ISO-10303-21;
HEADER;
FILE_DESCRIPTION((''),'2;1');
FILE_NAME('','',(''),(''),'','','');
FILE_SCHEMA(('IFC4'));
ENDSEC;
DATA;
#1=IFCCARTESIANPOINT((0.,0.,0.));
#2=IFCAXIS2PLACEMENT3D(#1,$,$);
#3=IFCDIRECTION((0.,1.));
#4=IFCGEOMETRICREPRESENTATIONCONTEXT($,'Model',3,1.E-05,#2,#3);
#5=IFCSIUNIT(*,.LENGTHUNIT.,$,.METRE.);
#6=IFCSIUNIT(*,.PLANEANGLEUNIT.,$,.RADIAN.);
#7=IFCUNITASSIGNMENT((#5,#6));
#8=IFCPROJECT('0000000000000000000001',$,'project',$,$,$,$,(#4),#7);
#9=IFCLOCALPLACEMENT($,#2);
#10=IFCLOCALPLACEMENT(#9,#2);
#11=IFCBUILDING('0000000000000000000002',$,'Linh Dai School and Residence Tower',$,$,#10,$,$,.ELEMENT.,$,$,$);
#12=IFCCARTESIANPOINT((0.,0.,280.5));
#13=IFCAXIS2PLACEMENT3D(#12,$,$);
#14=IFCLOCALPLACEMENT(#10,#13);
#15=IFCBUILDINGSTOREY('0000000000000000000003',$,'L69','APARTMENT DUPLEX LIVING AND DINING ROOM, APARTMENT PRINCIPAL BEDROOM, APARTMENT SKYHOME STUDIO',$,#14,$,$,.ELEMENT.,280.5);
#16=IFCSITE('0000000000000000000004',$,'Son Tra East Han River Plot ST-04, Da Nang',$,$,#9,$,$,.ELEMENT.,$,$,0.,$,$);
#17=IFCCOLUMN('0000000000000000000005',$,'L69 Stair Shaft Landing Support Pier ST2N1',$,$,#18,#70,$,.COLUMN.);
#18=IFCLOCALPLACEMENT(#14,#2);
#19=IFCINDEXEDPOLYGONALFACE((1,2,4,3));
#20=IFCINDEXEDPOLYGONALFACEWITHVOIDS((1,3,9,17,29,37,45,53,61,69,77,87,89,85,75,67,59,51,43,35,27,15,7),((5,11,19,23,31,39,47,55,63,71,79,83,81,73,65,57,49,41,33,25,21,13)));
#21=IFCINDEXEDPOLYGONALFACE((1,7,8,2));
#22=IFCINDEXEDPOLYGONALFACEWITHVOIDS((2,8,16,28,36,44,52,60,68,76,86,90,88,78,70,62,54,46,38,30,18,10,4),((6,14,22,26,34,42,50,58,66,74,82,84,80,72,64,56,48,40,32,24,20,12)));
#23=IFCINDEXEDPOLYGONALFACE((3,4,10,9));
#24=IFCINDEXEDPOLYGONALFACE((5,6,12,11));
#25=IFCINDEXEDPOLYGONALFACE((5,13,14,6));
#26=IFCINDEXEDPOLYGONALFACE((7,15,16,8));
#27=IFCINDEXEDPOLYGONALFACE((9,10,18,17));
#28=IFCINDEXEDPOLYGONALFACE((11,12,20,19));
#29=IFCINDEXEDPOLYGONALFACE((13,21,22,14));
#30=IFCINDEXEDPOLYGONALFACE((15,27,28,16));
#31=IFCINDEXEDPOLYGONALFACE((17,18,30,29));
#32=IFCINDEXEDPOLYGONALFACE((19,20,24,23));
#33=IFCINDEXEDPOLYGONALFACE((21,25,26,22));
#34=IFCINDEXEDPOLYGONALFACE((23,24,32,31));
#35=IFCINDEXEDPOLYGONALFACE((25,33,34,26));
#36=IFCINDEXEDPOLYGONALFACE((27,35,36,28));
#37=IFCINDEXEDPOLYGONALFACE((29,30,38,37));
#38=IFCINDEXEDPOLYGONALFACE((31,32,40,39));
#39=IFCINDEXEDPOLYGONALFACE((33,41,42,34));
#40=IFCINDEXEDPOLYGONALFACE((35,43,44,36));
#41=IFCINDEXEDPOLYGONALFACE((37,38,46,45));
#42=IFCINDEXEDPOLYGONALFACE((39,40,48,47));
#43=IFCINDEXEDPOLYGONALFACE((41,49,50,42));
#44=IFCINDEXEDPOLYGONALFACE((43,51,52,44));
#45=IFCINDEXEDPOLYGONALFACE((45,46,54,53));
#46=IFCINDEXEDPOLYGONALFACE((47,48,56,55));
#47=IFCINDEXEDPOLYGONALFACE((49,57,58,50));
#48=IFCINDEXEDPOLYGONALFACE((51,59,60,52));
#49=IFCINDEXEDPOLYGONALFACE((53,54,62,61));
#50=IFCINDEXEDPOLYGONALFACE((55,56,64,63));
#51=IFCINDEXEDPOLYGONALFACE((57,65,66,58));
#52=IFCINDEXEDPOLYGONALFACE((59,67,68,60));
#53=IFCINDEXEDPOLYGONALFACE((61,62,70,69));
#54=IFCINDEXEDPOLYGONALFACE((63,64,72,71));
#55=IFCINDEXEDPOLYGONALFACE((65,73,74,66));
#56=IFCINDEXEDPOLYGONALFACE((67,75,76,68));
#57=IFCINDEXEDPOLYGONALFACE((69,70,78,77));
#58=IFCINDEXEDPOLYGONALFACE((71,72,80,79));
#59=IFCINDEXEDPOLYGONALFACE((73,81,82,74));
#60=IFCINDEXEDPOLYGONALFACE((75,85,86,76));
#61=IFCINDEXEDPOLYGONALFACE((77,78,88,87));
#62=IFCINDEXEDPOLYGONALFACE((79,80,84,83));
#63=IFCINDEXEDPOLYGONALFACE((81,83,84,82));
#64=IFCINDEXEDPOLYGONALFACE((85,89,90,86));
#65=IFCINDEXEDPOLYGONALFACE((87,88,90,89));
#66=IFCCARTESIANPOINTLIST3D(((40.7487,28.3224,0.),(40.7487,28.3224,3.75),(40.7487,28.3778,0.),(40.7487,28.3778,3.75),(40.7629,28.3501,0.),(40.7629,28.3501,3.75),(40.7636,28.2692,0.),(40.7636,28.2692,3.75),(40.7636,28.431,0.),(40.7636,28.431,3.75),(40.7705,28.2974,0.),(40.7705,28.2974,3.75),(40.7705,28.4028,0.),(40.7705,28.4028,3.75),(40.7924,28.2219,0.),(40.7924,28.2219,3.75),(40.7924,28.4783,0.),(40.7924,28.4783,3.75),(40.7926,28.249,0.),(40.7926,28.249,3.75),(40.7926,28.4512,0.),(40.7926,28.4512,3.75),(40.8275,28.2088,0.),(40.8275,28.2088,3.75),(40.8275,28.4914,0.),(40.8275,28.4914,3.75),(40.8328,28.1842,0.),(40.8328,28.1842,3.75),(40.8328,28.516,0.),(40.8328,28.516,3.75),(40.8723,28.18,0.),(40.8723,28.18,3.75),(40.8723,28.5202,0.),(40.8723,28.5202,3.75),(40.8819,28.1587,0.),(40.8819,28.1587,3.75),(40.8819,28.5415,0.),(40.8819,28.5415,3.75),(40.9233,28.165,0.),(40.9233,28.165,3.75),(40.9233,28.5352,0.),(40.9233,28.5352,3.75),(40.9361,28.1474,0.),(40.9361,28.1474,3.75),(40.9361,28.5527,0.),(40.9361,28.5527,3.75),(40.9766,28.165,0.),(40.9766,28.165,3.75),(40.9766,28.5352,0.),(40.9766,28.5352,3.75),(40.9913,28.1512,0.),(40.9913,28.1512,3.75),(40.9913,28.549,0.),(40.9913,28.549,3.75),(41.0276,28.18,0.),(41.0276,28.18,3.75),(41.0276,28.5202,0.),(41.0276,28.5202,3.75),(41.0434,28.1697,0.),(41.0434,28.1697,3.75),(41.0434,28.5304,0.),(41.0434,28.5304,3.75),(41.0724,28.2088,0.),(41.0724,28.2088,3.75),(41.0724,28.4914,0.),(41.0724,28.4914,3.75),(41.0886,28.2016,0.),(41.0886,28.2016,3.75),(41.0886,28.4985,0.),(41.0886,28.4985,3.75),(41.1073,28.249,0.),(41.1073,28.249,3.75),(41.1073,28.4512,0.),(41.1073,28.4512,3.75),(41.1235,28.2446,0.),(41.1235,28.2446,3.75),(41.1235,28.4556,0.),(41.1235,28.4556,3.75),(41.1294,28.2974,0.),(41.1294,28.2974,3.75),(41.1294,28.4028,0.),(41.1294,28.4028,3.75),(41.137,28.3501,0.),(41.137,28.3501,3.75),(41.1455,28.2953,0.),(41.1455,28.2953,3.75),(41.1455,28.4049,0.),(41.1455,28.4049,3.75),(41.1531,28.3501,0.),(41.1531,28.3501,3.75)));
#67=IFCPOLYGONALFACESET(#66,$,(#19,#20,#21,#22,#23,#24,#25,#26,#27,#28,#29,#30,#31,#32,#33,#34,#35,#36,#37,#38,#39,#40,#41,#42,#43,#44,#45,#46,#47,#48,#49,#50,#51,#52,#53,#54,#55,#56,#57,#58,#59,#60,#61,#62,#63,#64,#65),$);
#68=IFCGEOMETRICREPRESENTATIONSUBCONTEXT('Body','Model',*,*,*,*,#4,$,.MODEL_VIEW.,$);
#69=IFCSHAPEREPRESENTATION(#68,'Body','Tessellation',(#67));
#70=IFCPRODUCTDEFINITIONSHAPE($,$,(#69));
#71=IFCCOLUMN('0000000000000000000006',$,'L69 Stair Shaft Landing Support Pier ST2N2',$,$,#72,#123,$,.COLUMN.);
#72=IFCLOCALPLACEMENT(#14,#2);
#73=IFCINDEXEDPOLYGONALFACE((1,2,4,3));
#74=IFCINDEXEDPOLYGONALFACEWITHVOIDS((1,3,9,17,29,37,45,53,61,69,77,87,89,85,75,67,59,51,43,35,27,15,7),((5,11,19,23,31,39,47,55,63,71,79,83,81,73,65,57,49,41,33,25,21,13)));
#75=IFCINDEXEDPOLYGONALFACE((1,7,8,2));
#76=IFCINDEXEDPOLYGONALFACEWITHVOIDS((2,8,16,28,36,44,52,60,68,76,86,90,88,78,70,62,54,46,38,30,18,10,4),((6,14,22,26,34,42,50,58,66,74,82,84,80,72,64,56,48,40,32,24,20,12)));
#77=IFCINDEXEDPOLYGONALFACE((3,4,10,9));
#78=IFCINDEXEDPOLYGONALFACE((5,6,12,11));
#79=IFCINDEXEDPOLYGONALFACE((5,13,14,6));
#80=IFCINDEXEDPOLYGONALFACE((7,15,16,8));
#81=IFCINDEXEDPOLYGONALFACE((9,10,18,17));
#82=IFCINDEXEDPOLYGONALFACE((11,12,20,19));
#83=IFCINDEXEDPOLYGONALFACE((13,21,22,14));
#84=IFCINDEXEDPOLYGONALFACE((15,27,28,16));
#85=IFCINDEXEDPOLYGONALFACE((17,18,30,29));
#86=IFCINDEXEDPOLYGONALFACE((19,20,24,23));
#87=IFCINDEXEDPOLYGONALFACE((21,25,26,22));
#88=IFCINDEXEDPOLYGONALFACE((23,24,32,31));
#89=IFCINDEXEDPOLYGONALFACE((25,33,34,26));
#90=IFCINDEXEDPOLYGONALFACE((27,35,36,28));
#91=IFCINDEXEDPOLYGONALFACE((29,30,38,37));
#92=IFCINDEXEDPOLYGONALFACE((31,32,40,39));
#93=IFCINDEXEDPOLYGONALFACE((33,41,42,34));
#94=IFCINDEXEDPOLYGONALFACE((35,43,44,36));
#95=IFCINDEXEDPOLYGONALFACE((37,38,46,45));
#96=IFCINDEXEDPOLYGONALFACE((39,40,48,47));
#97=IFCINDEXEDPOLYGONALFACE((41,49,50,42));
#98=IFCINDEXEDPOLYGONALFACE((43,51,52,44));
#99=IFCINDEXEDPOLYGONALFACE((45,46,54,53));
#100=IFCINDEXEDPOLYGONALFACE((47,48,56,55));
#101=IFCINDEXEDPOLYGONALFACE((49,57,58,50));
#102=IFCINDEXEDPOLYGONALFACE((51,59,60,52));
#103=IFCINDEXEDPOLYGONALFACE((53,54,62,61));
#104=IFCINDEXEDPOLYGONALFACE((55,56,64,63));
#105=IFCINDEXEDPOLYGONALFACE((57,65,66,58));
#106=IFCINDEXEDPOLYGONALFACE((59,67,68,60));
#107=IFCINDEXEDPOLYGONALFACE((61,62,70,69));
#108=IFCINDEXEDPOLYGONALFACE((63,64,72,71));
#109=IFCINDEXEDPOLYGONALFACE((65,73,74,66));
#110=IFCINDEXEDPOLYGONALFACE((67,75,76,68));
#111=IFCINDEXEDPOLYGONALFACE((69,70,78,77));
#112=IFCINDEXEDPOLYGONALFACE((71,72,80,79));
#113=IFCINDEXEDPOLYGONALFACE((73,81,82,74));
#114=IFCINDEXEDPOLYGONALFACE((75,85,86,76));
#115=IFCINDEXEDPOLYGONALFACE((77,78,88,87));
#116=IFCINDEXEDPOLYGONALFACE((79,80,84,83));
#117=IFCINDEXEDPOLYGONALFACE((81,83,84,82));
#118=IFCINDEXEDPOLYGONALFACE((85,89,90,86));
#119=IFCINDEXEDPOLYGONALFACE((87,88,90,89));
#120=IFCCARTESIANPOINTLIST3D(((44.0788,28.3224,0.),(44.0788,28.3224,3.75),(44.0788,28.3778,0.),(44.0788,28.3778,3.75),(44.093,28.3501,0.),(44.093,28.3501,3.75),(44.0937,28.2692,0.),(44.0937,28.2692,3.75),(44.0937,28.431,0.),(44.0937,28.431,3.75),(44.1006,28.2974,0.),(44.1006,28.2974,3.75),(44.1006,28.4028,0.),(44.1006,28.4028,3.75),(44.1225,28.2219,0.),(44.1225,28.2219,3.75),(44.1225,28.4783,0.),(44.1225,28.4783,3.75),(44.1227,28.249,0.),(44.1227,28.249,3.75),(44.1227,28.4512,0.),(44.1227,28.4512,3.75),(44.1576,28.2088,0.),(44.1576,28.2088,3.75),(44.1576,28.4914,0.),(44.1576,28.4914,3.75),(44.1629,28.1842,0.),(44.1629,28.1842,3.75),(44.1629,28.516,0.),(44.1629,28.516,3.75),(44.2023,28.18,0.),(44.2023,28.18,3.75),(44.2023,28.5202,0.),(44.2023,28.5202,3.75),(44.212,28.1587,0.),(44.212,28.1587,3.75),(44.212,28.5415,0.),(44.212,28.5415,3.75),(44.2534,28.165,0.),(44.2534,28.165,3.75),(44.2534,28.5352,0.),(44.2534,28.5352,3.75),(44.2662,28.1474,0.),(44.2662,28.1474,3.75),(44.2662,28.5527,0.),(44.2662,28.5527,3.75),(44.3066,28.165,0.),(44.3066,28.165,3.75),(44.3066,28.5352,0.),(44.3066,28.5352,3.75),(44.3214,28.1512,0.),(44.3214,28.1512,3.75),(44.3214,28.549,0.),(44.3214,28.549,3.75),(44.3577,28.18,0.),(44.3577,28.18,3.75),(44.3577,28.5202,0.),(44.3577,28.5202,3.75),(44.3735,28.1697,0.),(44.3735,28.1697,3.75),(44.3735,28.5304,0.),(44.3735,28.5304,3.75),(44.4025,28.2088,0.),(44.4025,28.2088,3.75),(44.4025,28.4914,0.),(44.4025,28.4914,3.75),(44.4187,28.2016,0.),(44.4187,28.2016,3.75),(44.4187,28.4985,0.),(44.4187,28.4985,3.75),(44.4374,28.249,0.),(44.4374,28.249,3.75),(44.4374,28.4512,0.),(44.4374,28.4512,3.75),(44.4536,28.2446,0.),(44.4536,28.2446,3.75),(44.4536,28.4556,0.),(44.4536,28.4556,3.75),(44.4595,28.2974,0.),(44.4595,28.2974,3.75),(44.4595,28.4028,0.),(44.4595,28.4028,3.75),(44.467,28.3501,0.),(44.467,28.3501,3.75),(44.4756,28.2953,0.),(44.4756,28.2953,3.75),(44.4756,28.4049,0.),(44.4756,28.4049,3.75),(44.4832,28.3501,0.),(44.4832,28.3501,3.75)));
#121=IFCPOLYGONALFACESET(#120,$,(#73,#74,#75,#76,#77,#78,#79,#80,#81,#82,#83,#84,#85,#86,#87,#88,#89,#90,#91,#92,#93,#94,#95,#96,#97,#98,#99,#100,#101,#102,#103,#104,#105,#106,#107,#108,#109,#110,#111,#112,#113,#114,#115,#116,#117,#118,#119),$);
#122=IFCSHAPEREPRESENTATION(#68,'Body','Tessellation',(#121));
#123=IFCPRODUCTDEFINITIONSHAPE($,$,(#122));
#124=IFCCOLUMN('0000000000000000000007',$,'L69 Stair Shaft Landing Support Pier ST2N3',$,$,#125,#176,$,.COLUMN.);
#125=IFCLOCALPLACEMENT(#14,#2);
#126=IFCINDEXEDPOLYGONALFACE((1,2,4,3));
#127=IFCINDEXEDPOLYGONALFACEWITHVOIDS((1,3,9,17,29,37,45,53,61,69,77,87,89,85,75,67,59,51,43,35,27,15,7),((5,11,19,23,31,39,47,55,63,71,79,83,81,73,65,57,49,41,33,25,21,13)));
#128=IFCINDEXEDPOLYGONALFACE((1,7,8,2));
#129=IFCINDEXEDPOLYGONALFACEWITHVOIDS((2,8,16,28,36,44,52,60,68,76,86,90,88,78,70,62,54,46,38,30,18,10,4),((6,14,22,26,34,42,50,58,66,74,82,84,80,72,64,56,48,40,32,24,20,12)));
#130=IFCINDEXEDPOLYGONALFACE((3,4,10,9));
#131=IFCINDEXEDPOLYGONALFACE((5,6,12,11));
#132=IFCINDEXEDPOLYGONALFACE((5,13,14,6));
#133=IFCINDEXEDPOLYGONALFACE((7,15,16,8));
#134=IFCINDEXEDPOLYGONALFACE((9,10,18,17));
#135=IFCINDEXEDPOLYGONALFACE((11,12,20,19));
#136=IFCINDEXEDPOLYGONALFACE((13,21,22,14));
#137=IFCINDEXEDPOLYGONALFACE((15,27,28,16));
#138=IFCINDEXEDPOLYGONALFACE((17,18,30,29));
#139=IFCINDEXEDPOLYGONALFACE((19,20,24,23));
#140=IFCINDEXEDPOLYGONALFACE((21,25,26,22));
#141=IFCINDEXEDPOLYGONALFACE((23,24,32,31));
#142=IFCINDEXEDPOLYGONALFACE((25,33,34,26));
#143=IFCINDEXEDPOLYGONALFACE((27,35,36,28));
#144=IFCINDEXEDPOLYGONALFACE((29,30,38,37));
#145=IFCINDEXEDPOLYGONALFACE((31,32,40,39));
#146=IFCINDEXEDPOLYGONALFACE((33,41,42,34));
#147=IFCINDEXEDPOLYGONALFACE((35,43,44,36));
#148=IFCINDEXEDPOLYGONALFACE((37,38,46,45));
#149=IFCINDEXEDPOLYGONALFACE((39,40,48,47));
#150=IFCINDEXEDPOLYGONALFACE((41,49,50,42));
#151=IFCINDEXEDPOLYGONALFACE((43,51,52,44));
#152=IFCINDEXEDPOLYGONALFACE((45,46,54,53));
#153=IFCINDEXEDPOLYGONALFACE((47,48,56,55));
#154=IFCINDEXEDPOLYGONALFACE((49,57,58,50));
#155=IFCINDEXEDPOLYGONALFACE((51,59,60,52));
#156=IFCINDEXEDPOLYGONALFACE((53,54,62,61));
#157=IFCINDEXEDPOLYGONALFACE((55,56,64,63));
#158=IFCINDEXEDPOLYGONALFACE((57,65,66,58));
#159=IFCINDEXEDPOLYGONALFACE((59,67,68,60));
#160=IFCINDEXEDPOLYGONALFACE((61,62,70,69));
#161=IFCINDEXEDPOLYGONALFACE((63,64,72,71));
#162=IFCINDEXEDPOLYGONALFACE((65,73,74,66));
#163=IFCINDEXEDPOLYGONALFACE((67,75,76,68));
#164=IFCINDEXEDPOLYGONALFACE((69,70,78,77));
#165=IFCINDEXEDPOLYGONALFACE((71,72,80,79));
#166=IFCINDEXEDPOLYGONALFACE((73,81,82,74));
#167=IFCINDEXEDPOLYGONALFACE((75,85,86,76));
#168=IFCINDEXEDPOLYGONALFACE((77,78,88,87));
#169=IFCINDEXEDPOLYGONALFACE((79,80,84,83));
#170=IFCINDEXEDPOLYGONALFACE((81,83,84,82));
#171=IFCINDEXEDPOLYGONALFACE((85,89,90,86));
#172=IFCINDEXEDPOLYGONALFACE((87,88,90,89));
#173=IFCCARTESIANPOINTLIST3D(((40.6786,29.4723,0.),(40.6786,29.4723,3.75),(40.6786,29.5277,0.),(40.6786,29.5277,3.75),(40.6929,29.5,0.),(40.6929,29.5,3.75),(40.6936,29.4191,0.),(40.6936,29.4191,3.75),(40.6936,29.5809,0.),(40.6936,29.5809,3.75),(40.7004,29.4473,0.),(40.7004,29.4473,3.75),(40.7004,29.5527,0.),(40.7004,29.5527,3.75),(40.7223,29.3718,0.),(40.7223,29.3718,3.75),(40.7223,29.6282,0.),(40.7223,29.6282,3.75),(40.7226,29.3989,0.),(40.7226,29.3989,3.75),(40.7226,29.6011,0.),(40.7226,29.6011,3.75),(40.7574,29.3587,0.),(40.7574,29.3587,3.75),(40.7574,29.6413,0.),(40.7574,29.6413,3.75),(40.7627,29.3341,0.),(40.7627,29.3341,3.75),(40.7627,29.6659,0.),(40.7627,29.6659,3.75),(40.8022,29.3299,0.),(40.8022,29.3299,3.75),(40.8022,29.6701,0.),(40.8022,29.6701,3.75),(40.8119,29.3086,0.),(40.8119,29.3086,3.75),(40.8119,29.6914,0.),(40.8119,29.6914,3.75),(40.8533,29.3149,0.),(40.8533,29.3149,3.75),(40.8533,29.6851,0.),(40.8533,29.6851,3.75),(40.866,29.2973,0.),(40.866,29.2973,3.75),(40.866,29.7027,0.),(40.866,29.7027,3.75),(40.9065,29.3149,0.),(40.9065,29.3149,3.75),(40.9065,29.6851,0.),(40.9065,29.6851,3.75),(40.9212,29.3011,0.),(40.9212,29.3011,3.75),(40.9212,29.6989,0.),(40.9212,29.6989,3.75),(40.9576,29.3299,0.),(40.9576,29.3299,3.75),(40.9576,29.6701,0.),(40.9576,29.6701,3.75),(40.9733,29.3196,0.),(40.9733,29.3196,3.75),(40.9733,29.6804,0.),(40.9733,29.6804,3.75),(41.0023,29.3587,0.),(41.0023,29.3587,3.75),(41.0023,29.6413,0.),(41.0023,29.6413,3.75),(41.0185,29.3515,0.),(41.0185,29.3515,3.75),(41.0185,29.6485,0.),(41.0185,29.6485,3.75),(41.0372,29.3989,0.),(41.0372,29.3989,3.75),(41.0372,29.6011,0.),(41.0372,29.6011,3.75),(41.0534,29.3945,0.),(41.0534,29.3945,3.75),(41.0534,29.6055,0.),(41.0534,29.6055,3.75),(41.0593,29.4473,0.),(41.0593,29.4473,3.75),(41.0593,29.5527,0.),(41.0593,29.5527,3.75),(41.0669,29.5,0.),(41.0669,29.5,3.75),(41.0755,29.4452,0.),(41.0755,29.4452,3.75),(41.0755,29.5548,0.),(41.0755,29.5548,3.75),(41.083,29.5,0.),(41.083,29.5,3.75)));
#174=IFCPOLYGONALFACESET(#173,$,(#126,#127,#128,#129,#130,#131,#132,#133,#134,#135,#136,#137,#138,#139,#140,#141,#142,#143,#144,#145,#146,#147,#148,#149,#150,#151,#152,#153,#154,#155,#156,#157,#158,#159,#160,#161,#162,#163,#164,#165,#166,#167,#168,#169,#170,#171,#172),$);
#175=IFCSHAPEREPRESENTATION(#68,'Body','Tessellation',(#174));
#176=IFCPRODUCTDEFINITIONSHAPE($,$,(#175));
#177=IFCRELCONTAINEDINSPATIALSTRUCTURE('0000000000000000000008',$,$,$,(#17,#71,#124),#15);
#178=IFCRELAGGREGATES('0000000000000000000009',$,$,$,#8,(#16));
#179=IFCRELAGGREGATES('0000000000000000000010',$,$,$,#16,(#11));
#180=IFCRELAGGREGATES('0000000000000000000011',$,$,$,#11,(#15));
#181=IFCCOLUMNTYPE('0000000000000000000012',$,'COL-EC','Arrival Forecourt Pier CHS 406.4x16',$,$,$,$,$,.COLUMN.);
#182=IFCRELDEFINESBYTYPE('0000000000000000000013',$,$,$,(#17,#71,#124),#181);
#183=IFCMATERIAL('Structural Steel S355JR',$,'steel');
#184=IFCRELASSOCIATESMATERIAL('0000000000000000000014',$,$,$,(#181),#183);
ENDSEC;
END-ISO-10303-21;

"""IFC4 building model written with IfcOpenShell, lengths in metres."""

from ifc_helpers import new_model, si_unit, direction, frame, origin, origin_2d, place, context, subcontext, project, spatial, hollow_circle, extrude, material, material_profile, profile_set, type_object, element, save


model = new_model("IFC4")

# Units and contexts
model_context = context("Model", 3, precision=1e-05, world=origin(), true_north=direction((0.0, 1.0)))
body_context = subcontext(model_context, "Body", "Model", "MODEL_VIEW")
ifc_project = project(units=[si_unit("LENGTHUNIT", "METRE"), si_unit("PLANEANGLEUNIT", "RADIAN")], contexts=[model_context])

# Site, building, storey
site_placement = place(None, origin())
site = spatial("IfcSite", under=ifc_project, at=site_placement, Name="Son Tra East Han River Plot ST-04, Da Nang", CompositionType="ELEMENT", RefElevation=0.0)
building_placement = place(site_placement, origin())
building = spatial("IfcBuilding", under=site, at=building_placement, Name="Linh Dai School and Residence Tower", CompositionType="ELEMENT")
storey_placement = place(building_placement, frame((0.0, 0.0, 280.5)))
storey = spatial("IfcBuildingStorey", under=building, at=storey_placement, Name="L69", Description="APARTMENT DUPLEX LIVING AND DINING ROOM, APARTMENT PRINCIPAL BEDROOM, APARTMENT SKYHOME STUDIO", CompositionType="ELEMENT", Elevation=280.5)

# Columns
ifc_material_1 = material(Name="Structural Steel S355JR", Category="steel")
ifc_material_profile_1 = material_profile(ifc_material_1, hollow_circle(Radius=0.2031, WallThickness=0.0161, at=origin_2d()), Name="CHS 406.4x16")
ifc_profile_set_1 = profile_set([ifc_material_profile_1], Name="Structural Steel S355JR")
column_type_1 = type_object("IfcColumnType", Name="COL-EC", Description="Arrival Forecourt Pier CHS 406.4x16", PredefinedType="COLUMN", material=ifc_profile_set_1)
for number, where, z_axis, x_axis, name in (
    (1, (40.95, 28.3501, 0.0), (0.0, 0.0, 1.0), (1.0, 0.0, 0.0), "L69 Stair Shaft Landing Support Pier ST2N1"),
    (2, (44.28, 28.3501, 0.0), (0.0, 0.0, 1.0), (1.0, 0.0, 0.0), "L69 Stair Shaft Landing Support Pier ST2N2"),
    (3, (40.8799, 29.5, 0.0), (0.0, 0.0, 1.0), (1.0, 0.0, 0.0), "L69 Stair Shaft Landing Support Pier ST2N3"),
):
    element("IfcColumn", number, at=place(storey_placement, frame(where, z_axis=z_axis, x_axis=x_axis)), inside=storey, type_object=column_type_1, Name=name, PredefinedType="COLUMN", context=body_context, shape_type="SweptSolid", body=[
        extrude(hollow_circle(Radius=0.2031, WallThickness=0.0161, at=origin_2d()), origin(), (0.0, 0.0, 1.0), 3.75),
    ])

save(model, "model.ifc")
